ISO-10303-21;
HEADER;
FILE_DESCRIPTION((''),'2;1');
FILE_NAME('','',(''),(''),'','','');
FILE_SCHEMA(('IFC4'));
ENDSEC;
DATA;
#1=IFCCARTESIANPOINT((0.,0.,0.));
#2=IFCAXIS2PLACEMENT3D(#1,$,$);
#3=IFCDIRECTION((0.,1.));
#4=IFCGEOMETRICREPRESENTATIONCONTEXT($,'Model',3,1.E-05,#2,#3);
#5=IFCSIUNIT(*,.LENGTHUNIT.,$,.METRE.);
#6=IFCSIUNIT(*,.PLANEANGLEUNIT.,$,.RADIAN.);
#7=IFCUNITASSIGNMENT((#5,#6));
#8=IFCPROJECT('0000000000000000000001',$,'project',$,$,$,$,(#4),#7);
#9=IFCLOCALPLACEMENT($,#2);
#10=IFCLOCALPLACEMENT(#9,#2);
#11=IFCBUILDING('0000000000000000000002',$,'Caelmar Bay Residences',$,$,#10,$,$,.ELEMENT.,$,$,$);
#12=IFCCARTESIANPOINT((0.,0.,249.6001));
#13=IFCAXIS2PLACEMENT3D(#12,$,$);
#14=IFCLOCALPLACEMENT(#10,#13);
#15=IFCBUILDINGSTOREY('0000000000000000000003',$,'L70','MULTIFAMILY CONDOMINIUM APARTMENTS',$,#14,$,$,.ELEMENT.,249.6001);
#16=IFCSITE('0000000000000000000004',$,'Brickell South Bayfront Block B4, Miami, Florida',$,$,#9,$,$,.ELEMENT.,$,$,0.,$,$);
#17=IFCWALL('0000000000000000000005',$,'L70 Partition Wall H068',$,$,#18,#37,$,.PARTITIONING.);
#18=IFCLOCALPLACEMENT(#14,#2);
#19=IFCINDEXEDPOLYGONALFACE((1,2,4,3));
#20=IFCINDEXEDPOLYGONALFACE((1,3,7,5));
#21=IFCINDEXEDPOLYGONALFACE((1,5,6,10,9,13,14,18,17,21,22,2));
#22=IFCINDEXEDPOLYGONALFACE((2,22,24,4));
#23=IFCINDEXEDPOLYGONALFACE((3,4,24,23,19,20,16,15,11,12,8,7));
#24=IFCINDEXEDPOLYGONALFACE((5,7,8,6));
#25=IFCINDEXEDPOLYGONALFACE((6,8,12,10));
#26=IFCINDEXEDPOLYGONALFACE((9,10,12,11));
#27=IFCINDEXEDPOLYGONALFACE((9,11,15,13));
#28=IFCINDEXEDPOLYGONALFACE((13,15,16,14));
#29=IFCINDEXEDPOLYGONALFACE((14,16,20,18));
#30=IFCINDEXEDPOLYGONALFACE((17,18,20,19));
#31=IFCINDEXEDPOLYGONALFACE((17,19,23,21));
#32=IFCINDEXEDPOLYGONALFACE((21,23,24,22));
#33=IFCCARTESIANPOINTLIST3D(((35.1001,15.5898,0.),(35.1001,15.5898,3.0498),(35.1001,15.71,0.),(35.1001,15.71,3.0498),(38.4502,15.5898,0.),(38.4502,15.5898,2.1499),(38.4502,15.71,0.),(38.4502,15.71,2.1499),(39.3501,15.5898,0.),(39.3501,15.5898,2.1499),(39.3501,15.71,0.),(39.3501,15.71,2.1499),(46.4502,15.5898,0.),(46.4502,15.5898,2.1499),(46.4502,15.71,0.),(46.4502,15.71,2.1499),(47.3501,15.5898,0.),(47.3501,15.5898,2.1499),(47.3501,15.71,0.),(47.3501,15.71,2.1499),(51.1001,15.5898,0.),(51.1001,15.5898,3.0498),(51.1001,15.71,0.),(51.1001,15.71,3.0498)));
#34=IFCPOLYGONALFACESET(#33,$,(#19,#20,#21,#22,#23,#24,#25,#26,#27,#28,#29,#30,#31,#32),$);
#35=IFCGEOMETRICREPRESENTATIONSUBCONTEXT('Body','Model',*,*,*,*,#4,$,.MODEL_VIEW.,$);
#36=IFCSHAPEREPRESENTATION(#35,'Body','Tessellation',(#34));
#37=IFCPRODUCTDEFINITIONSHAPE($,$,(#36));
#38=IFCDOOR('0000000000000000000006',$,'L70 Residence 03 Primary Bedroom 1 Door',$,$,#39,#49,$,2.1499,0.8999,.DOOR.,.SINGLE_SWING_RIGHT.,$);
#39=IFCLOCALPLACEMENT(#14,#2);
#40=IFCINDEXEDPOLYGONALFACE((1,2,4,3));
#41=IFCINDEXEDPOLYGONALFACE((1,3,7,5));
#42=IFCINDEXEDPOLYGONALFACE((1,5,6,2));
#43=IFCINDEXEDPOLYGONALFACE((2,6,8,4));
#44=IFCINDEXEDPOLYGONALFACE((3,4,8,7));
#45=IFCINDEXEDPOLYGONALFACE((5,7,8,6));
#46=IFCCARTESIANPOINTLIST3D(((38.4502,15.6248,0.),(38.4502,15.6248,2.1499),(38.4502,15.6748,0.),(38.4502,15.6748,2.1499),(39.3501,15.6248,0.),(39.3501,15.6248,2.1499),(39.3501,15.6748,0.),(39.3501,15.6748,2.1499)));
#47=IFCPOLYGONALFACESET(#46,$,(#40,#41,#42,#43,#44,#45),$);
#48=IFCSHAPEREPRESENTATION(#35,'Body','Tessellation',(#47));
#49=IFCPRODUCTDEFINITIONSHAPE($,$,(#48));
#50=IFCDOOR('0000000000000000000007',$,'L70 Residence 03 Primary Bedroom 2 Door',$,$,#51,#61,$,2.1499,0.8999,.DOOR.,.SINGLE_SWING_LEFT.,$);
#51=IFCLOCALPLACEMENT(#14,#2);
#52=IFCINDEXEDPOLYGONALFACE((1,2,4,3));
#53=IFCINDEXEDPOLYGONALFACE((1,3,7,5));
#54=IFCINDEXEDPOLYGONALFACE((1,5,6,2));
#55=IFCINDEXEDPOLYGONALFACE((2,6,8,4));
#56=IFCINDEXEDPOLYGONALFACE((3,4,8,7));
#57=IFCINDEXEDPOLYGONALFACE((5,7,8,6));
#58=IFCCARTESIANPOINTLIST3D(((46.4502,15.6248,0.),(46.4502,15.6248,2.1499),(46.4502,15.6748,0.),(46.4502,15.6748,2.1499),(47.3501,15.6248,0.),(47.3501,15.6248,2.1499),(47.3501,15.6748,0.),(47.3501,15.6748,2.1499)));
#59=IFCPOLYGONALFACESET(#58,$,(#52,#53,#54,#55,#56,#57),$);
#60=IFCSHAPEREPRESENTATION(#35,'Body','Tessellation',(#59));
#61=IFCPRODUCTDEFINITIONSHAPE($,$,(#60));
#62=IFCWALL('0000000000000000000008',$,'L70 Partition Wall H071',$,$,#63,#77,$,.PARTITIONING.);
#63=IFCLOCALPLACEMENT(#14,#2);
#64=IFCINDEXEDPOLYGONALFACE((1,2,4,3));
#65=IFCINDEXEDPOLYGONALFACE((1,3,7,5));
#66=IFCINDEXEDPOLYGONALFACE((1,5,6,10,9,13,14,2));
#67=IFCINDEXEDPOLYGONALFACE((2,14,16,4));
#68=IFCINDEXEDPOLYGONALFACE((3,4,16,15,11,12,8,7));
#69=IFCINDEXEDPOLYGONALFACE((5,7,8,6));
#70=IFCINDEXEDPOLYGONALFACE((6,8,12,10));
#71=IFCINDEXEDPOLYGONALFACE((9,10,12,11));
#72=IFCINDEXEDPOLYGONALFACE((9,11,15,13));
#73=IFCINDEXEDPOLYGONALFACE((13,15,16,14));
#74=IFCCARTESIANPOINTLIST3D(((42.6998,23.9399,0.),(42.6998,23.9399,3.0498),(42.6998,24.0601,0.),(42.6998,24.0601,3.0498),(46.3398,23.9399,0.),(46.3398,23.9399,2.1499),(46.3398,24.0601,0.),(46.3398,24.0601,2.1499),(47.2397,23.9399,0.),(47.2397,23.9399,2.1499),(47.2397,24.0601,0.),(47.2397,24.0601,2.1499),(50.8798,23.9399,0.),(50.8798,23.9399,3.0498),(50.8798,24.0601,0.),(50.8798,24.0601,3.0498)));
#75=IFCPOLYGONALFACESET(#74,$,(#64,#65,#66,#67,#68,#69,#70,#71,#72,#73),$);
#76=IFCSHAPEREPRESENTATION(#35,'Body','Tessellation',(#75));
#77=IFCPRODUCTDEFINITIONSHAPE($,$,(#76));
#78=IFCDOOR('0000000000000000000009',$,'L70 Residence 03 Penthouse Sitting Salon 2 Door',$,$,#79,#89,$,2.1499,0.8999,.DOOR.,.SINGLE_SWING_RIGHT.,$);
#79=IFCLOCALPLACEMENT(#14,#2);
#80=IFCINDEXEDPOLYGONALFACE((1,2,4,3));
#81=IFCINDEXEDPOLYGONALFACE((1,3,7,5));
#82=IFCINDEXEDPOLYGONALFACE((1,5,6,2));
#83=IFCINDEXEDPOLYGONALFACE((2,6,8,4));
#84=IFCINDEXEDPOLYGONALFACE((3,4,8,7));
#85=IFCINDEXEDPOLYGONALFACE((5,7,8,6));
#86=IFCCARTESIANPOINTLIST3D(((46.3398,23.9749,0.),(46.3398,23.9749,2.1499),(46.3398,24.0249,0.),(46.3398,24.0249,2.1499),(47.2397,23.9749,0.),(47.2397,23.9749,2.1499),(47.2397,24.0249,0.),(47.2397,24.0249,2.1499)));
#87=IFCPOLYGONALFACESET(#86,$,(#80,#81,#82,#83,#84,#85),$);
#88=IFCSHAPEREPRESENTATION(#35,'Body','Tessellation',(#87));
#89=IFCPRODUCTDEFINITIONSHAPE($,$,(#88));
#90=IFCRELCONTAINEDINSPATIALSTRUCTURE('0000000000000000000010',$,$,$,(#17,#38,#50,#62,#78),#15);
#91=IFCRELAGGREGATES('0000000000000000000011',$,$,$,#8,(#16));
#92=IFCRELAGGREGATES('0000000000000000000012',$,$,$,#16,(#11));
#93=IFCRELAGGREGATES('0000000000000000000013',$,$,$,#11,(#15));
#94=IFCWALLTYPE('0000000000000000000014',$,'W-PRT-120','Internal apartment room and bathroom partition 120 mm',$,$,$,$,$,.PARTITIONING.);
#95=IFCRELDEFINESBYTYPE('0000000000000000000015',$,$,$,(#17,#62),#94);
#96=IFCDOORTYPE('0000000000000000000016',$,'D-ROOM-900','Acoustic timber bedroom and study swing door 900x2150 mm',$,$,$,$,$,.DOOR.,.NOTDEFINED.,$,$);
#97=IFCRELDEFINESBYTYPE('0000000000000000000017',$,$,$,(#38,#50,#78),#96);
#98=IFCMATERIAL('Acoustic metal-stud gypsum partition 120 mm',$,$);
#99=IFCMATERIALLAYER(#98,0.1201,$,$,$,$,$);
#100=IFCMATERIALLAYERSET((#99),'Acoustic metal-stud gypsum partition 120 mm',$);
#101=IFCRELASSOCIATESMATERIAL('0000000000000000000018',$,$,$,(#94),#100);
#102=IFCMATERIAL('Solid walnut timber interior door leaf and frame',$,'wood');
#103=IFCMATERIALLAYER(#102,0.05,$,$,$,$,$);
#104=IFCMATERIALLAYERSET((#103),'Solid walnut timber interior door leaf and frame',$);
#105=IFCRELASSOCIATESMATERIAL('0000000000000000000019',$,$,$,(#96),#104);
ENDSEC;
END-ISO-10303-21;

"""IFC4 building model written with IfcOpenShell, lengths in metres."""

from ifc_helpers import new_model, si_unit, direction, frame, frame_2d, origin, place, context, subcontext, project, spatial, rectangle, extrude, material, layer, layer_set, type_object, element, fill, save


model = new_model("IFC4")

# Units and contexts
model_context = context("Model", 3, precision=1e-05, world=origin(), true_north=direction((0.0, 1.0)))
body_context = subcontext(model_context, "Body", "Model", "MODEL_VIEW")
ifc_project = project(units=[si_unit("LENGTHUNIT", "METRE"), si_unit("PLANEANGLEUNIT", "RADIAN")], contexts=[model_context])

# Site, building, storey
site_placement = place(None, origin())
site = spatial("IfcSite", under=ifc_project, at=site_placement, Name="Brickell South Bayfront Block B4, Miami, Florida", CompositionType="ELEMENT", RefElevation=0.0)
building_placement = place(site_placement, origin())
building = spatial("IfcBuilding", under=site, at=building_placement, Name="Caelmar Bay Residences", CompositionType="ELEMENT")
storey_placement = place(building_placement, frame((0.0, 0.0, 249.6001)))
storey = spatial("IfcBuildingStorey", under=building, at=storey_placement, Name="L70", Description="MULTIFAMILY CONDOMINIUM APARTMENTS", CompositionType="ELEMENT", Elevation=249.6001)

# Shared definitions
ifc_material_1 = material(Name="Acoustic metal-stud gypsum partition 120 mm")
ifc_layer_1 = layer(ifc_material_1, 0.1201)
ifc_layer_set_1 = layer_set([ifc_layer_1], Name="Acoustic metal-stud gypsum partition 120 mm")
wall_type = type_object("IfcWallType", Name="W-PRT-120", Description="Internal apartment room and bathroom partition 120 mm", PredefinedType="PARTITIONING", material=ifc_layer_set_1)

# Shared definitions
ifc_material_2 = material(Name="Solid walnut timber interior door leaf and frame", Category="wood")
ifc_layer_2 = layer(ifc_material_2, 0.05)
ifc_layer_set_2 = layer_set([ifc_layer_2], Name="Solid walnut timber interior door leaf and frame")
door_type = type_object("IfcDoorType", Name="D-ROOM-900", Description="Acoustic timber bedroom and study swing door 900x2150 mm", OperationType="NOTDEFINED", PredefinedType="DOOR", material=ifc_layer_set_2)

# Wall, openings, doors
wall_1_placement = place(storey_placement, frame((35.1001, 15.6499, 0.0), z_axis=(0.0, 0.0, 1.0), x_axis=(1.0, 0.0, 0.0)))
wall_1 = element("IfcWall", 1, at=wall_1_placement, inside=storey, type_object=wall_type, Name="L70 Partition Wall H068", PredefinedType="PARTITIONING", context=body_context, shape_type="SweptSolid", body=[
    extrude(rectangle(XDim=16.0, YDim=0.1201, at=frame_2d((8.0, 0.0))), origin(), (0.0, 0.0, 1.0), 3.0498),
])
opening_1_placement = place(wall_1_placement, frame((3.3501, 0.0, 0.0)))
opening_1 = element("IfcOpeningElement", 2, at=opening_1_placement, cuts=wall_1, PredefinedType="OPENING", context=body_context, shape_type="SweptSolid", body=[
    extrude(rectangle(XDim=0.8999, YDim=2.1499, at=frame_2d((0.45, 1.075))), frame((0.0, 0.0701, 0.0), z_axis=(0.0, -1.0, 0.0), x_axis=(1.0, 0.0, 0.0)), (0.0, 0.0, 1.0), 0.1401),
])
opening_2_placement = place(wall_1_placement, frame((11.3501, 0.0, 0.0)))
opening_2 = element("IfcOpeningElement", 3, at=opening_2_placement, cuts=wall_1, PredefinedType="OPENING", context=body_context, shape_type="SweptSolid", body=[
    extrude(rectangle(XDim=0.8999, YDim=2.1499, at=frame_2d((0.45, 1.075))), frame((0.0, 0.0701, 0.0), z_axis=(0.0, -1.0, 0.0), x_axis=(1.0, 0.0, 0.0)), (0.0, 0.0, 1.0), 0.1401),
])
door_1_placement = place(opening_1_placement, origin())
door_1 = element("IfcDoor", 4, at=door_1_placement, inside=storey, type_object=door_type, Name="L70 Residence 03 Primary Bedroom 1 Door", OperationType="SINGLE_SWING_RIGHT", OverallHeight=2.1499, OverallWidth=0.8999, PredefinedType="DOOR", context=body_context, shape_type="SweptSolid", body=[
    extrude(rectangle(XDim=0.8999, YDim=2.1499, at=frame_2d((0.45, 1.075))), frame((0.0, 0.0249, 0.0), z_axis=(0.0, -1.0, 0.0), x_axis=(1.0, 0.0, 0.0)), (0.0, 0.0, 1.0), 0.05),
])
fill(opening_1, door_1)
door_2_placement = place(opening_2_placement, origin())
door_2 = element("IfcDoor", 5, at=door_2_placement, inside=storey, type_object=door_type, Name="L70 Residence 03 Primary Bedroom 2 Door", OperationType="SINGLE_SWING_LEFT", OverallHeight=2.1499, OverallWidth=0.8999, PredefinedType="DOOR", context=body_context, shape_type="SweptSolid", body=[
    extrude(rectangle(XDim=0.8999, YDim=2.1499, at=frame_2d((0.45, 1.075))), frame((0.0, 0.0249, 0.0), z_axis=(0.0, -1.0, 0.0), x_axis=(1.0, 0.0, 0.0)), (0.0, 0.0, 1.0), 0.05),
])
fill(opening_2, door_2)

# Wall, opening, door
wall_2_placement = place(storey_placement, frame((42.7, 24.0, 0.0), z_axis=(0.0, 0.0, 1.0), x_axis=(1.0, 0.0, 0.0)))
wall_2 = element("IfcWall", 6, at=wall_2_placement, inside=storey, type_object=wall_type, Name="L70 Partition Wall H071", PredefinedType="PARTITIONING", context=body_context, shape_type="SweptSolid", body=[
    extrude(rectangle(XDim=8.1799, YDim=0.1201, at=frame_2d((4.0898, 0.0))), origin(), (0.0, 0.0, 1.0), 3.0498),
])
opening_3_placement = place(wall_2_placement, frame((3.6399, 0.0, 0.0)))
opening_3 = element("IfcOpeningElement", 7, at=opening_3_placement, cuts=wall_2, PredefinedType="OPENING", context=body_context, shape_type="SweptSolid", body=[
    extrude(rectangle(XDim=0.8999, YDim=2.1499, at=frame_2d((0.45, 1.075))), frame((0.0, 0.0701, 0.0), z_axis=(0.0, -1.0, 0.0), x_axis=(1.0, 0.0, 0.0)), (0.0, 0.0, 1.0), 0.1401),
])
door_3_placement = place(opening_3_placement, origin())
door_3 = element("IfcDoor", 8, at=door_3_placement, inside=storey, type_object=door_type, Name="L70 Residence 03 Penthouse Sitting Salon 2 Door", OperationType="SINGLE_SWING_RIGHT", OverallHeight=2.1499, OverallWidth=0.8999, PredefinedType="DOOR", context=body_context, shape_type="SweptSolid", body=[
    extrude(rectangle(XDim=0.8999, YDim=2.1499, at=frame_2d((0.45, 1.075))), frame((0.0, 0.0249, 0.0), z_axis=(0.0, -1.0, 0.0), x_axis=(1.0, 0.0, 0.0)), (0.0, 0.0, 1.0), 0.05),
])
fill(opening_3, door_3)

save(model, "model.ifc")
